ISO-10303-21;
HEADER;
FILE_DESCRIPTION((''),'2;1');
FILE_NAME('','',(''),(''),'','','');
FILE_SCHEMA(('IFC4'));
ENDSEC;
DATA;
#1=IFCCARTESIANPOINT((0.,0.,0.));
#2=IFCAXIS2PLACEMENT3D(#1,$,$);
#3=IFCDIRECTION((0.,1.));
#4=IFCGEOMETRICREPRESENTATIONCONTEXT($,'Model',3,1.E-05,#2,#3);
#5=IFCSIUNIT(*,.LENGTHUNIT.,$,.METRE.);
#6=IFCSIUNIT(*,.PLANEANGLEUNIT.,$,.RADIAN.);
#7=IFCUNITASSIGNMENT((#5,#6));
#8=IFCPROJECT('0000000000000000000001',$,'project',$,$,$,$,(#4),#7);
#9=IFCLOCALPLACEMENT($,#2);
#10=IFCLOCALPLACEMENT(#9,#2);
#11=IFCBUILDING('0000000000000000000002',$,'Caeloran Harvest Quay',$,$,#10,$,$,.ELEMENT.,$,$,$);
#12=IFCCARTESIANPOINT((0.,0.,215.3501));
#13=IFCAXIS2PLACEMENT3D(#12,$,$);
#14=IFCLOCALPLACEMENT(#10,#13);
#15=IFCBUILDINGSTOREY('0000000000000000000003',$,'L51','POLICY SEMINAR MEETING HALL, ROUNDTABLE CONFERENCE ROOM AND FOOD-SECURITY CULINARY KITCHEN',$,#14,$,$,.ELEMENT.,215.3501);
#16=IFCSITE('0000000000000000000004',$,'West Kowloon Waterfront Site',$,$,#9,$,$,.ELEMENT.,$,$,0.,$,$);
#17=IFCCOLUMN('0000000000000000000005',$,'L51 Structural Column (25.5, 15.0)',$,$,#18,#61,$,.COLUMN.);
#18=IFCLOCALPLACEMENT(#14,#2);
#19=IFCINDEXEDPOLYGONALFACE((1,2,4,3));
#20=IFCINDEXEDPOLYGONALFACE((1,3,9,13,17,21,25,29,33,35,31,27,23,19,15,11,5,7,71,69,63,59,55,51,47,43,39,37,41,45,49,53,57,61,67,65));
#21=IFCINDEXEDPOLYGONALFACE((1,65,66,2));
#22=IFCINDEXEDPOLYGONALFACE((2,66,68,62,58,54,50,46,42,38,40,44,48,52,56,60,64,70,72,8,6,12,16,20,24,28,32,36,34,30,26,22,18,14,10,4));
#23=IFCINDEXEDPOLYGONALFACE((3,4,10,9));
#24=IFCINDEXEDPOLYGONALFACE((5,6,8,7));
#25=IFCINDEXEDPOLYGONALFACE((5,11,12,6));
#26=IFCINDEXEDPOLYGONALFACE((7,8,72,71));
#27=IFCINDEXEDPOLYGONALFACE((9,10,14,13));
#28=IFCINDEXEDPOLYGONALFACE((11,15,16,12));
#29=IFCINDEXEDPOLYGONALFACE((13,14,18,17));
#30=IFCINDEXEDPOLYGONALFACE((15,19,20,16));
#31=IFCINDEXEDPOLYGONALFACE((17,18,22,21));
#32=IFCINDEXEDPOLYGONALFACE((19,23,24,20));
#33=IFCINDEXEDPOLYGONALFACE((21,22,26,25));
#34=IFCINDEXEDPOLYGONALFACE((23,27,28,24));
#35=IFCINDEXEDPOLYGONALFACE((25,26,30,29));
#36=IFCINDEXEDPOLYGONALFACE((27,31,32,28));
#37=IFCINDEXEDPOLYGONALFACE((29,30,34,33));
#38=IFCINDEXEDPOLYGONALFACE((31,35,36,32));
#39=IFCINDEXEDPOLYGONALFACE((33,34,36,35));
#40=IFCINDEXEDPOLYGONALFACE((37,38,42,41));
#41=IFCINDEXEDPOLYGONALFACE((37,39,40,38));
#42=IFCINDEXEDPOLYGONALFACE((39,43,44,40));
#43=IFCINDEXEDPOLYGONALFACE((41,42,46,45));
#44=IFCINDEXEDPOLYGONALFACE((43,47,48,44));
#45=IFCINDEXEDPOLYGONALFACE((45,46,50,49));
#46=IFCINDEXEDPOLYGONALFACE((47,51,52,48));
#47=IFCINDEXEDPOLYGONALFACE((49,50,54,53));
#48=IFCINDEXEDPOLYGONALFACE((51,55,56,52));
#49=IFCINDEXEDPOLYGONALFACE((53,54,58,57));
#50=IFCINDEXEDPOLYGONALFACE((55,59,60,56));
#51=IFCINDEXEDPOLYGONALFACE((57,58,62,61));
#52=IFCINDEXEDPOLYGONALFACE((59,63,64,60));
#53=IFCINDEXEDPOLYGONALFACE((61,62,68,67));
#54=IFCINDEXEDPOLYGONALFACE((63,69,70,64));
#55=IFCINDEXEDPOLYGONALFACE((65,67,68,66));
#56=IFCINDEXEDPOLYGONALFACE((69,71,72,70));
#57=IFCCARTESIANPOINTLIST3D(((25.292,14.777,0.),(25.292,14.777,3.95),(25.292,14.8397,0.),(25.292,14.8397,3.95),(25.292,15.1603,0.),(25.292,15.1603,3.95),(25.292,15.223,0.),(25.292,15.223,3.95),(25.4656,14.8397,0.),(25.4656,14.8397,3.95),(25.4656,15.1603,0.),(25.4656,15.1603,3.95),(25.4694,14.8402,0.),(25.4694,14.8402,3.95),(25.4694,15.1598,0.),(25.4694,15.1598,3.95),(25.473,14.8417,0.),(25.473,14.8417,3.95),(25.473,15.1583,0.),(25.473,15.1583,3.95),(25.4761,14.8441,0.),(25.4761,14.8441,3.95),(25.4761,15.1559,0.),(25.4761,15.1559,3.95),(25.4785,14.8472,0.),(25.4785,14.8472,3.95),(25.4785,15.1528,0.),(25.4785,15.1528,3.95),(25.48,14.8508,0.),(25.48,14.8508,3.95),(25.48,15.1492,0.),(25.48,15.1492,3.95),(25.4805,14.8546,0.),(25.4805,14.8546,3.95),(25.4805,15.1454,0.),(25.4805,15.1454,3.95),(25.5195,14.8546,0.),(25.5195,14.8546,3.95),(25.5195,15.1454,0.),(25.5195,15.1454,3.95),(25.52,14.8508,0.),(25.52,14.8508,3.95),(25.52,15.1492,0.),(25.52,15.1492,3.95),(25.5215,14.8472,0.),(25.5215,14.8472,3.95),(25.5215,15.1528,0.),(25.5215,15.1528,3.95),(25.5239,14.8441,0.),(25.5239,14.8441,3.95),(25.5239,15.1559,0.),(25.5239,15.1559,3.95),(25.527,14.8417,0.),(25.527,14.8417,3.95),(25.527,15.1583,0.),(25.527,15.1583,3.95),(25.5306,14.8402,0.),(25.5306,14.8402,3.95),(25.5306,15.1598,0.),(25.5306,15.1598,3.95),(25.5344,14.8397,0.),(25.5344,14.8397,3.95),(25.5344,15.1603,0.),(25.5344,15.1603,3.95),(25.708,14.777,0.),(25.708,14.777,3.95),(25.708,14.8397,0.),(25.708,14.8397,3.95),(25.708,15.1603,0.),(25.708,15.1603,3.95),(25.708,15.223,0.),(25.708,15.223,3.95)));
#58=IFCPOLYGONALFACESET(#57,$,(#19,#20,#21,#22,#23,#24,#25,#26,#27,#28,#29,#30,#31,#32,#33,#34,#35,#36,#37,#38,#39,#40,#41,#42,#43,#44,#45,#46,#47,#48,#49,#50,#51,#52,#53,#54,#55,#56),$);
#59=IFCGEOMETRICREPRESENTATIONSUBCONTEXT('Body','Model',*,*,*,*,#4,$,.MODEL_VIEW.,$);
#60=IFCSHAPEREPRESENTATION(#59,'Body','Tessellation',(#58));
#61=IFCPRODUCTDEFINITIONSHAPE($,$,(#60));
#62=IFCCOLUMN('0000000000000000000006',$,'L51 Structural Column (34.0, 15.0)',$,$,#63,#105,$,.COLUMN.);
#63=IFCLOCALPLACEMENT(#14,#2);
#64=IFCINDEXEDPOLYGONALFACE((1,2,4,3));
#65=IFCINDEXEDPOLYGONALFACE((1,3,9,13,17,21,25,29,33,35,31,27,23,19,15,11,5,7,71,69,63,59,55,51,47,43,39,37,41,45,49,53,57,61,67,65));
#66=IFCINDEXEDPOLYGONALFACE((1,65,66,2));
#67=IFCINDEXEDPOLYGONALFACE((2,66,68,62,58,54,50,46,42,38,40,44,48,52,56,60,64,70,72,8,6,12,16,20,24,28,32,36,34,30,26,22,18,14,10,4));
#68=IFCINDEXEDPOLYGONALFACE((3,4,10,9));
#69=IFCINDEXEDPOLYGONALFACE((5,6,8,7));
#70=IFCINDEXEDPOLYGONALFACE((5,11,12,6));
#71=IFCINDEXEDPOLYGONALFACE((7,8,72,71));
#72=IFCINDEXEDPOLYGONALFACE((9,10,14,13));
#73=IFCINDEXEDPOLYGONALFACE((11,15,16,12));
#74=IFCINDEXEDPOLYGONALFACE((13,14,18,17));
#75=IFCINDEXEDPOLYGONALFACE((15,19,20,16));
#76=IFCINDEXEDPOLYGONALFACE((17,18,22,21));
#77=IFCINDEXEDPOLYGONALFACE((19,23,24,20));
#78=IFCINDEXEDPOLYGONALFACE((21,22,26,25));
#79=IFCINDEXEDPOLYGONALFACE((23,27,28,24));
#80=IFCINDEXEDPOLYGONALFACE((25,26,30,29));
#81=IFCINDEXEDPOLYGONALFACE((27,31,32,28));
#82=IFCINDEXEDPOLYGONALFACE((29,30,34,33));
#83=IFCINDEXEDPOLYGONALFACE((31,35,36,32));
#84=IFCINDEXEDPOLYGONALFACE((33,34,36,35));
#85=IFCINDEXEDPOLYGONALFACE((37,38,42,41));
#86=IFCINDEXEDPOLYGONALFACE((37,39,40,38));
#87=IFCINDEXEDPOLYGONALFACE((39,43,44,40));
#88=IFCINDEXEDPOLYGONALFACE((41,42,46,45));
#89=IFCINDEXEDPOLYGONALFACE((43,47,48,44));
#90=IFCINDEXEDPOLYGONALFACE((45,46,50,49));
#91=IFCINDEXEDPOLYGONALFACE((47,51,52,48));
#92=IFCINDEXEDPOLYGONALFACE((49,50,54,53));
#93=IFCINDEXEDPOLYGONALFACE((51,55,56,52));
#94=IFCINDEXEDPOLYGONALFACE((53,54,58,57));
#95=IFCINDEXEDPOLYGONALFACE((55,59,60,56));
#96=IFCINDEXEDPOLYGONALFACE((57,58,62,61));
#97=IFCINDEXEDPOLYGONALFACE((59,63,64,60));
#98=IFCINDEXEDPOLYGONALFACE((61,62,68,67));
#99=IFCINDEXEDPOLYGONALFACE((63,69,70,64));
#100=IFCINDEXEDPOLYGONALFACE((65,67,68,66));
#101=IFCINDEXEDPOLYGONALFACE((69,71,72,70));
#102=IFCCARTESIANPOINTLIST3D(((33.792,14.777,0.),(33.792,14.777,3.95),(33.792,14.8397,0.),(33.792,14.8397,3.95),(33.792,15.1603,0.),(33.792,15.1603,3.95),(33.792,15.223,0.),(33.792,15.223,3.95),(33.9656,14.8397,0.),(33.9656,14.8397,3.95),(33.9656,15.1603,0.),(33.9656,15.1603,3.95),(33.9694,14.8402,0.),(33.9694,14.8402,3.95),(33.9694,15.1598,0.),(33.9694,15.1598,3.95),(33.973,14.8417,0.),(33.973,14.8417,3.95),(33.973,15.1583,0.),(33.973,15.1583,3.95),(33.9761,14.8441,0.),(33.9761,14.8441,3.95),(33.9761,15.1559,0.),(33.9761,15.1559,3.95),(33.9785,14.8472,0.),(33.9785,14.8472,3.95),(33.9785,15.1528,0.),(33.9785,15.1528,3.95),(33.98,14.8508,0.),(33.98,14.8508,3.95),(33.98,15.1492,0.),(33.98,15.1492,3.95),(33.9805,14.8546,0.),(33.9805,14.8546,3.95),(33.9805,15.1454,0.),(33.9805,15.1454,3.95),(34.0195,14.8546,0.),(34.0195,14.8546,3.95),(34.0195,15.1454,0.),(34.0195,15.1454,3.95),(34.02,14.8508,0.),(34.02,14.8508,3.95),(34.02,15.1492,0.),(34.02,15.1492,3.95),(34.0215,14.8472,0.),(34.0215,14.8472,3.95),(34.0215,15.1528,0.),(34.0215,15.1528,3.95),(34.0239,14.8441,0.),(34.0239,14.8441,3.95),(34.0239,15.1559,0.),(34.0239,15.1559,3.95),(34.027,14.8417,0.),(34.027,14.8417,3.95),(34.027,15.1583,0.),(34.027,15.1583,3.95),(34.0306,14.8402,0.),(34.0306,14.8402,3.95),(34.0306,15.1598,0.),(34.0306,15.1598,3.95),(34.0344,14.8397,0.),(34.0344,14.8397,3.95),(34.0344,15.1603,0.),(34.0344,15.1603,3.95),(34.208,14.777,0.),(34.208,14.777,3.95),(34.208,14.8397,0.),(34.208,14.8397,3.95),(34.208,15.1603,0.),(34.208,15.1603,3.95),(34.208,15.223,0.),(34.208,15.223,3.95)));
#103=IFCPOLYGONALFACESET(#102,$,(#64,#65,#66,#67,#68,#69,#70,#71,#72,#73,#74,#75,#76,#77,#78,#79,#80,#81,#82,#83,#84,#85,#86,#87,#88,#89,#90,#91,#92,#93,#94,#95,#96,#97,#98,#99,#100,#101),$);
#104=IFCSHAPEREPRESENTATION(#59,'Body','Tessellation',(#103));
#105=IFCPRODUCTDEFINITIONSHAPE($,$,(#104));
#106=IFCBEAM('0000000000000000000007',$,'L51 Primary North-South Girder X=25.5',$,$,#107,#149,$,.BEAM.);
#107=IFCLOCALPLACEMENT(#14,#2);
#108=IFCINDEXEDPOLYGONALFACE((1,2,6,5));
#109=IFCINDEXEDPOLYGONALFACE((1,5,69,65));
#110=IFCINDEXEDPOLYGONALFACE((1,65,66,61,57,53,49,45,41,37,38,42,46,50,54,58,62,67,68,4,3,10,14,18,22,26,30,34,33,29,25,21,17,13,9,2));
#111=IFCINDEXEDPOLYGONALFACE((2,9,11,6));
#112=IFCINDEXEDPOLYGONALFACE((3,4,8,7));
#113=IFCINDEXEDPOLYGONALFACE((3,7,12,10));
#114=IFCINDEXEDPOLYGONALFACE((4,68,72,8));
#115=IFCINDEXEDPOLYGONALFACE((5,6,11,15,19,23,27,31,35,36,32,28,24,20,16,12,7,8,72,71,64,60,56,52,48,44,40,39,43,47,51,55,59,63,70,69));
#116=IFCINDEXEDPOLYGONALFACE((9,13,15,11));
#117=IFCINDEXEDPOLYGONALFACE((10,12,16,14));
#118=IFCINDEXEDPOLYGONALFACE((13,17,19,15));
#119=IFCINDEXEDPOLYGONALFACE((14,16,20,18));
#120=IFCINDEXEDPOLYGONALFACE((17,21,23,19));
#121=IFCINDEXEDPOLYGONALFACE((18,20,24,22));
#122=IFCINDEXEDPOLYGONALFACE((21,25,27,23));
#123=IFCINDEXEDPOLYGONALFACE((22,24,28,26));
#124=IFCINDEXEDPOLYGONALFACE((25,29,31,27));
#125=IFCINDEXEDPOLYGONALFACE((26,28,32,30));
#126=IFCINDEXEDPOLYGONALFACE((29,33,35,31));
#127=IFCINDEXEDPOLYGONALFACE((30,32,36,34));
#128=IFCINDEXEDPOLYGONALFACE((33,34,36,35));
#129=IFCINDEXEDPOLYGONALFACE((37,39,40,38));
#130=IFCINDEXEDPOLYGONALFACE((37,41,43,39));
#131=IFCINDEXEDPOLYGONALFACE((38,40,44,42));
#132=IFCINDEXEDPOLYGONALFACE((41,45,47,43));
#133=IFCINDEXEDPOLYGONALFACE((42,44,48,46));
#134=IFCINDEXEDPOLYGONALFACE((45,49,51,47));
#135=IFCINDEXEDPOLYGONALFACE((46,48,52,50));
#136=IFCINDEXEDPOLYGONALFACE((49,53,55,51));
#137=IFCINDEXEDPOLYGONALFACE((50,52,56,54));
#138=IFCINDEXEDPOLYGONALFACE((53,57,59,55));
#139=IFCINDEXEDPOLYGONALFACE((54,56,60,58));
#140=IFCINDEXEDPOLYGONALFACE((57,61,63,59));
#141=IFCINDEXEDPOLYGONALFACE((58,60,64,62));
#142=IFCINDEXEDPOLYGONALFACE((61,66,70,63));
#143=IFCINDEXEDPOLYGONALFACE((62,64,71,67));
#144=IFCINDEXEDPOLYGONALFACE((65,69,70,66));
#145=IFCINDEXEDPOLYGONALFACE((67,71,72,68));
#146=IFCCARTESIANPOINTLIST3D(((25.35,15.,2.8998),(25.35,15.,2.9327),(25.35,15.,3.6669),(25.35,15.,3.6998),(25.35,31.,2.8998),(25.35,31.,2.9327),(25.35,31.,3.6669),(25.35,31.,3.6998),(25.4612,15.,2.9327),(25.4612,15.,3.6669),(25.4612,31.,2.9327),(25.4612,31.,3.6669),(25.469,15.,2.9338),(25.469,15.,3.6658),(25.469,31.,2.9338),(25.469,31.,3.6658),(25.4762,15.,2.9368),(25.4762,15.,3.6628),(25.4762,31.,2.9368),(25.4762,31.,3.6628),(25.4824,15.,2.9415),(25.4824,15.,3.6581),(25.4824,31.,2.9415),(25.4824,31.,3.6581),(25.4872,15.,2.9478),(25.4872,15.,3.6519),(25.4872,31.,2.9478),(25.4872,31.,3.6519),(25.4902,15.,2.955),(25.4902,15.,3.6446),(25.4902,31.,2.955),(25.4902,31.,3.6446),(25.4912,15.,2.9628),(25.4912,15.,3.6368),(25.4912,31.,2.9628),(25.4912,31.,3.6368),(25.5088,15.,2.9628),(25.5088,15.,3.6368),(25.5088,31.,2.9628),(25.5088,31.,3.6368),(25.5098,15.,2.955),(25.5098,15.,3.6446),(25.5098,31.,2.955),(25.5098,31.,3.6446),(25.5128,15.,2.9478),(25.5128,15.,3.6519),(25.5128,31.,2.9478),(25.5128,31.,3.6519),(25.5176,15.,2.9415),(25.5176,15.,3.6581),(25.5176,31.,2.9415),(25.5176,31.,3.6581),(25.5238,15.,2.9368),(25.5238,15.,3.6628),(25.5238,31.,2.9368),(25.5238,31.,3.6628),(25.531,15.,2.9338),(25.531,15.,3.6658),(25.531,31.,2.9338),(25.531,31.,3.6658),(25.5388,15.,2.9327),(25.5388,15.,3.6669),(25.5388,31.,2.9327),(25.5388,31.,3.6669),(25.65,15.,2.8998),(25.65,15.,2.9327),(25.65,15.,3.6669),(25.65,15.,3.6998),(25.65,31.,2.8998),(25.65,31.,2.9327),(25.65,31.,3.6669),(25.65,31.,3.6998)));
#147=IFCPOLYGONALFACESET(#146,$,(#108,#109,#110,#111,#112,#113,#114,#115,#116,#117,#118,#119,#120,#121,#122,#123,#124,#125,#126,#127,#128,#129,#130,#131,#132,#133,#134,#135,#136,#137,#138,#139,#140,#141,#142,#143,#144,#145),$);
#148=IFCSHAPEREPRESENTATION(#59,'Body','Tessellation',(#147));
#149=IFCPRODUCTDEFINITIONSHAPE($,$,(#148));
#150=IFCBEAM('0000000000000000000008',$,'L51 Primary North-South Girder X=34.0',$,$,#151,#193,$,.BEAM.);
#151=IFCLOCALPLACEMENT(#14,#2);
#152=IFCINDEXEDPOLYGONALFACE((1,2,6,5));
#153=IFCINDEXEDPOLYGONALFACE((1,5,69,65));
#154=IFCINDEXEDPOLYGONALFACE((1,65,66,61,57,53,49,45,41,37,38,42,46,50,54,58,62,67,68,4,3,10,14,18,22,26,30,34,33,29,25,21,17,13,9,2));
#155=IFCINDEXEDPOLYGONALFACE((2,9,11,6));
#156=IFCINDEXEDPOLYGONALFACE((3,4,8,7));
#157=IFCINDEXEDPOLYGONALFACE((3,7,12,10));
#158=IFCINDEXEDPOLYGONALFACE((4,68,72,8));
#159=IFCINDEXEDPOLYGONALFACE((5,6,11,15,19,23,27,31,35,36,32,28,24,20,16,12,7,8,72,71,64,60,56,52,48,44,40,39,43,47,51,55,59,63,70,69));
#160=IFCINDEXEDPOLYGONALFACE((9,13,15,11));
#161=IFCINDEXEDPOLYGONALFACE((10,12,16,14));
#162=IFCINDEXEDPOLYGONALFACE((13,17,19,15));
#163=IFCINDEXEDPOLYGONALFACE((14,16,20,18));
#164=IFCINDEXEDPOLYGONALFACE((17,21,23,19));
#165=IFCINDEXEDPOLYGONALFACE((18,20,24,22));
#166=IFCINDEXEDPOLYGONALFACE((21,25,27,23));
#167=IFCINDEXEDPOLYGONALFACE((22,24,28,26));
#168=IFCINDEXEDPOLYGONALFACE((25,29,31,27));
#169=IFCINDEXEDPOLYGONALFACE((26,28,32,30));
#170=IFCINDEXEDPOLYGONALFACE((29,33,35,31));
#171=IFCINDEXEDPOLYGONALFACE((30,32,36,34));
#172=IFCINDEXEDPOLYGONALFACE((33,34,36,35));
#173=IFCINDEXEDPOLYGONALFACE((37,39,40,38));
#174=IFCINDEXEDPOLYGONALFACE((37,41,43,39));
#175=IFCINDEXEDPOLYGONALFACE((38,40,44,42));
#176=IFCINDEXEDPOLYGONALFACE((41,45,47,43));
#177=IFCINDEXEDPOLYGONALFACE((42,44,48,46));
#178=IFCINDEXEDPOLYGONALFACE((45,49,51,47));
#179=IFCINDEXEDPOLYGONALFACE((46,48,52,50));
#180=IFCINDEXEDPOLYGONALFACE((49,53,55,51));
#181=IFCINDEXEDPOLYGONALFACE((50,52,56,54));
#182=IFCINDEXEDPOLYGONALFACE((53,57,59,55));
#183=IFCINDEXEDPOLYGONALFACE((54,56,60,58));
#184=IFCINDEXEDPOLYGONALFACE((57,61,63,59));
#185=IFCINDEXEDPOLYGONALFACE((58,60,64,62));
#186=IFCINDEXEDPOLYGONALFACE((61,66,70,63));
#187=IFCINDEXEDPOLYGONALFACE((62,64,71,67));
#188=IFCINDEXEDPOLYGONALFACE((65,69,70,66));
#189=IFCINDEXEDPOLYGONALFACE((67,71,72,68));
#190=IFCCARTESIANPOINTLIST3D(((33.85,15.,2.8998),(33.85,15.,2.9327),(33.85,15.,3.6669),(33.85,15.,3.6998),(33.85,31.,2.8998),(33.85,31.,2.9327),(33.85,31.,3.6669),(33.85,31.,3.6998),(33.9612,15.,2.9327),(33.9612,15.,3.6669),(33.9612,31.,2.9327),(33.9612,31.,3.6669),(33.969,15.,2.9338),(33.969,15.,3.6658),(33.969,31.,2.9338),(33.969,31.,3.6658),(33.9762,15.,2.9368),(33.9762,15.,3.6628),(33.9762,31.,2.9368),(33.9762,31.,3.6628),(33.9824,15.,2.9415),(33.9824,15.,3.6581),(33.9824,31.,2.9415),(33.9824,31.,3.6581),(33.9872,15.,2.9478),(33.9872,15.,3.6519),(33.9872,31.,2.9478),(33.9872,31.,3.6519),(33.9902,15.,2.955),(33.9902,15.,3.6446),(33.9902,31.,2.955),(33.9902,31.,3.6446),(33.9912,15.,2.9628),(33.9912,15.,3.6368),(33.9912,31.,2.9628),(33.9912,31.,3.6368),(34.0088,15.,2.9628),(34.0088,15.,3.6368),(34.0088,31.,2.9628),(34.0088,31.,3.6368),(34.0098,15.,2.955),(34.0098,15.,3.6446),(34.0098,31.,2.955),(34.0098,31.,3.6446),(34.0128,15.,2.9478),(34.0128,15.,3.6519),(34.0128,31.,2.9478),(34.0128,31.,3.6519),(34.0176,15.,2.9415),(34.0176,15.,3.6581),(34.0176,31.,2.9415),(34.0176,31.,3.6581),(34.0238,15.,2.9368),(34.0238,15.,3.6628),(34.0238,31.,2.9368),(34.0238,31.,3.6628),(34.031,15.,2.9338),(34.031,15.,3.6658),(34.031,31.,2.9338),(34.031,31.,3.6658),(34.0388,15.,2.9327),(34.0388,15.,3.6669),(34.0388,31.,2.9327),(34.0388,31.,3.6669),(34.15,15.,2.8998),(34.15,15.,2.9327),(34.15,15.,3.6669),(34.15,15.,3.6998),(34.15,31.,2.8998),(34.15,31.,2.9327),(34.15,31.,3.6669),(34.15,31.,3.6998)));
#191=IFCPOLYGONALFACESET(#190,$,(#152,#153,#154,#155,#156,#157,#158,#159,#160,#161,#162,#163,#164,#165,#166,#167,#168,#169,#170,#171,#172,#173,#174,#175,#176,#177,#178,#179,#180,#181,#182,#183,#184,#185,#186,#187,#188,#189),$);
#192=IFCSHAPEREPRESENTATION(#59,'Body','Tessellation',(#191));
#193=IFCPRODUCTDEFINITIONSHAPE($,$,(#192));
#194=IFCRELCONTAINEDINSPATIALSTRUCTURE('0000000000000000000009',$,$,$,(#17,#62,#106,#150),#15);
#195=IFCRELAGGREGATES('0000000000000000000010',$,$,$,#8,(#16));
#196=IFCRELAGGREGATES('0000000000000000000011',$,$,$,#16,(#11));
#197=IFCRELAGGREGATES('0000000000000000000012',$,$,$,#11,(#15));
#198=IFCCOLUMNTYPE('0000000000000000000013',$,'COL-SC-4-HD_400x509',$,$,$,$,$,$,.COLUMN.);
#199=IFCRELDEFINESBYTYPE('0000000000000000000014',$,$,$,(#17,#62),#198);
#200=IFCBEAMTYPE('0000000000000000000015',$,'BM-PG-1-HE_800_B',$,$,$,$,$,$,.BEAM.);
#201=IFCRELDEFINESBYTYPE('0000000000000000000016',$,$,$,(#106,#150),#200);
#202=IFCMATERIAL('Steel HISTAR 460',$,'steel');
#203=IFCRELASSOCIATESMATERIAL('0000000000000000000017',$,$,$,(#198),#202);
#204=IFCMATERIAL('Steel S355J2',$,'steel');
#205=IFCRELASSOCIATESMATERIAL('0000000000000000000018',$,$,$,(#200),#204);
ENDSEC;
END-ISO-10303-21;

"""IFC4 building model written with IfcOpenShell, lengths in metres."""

from ifc_helpers import new_model, si_unit, direction, frame, origin, origin_2d, place, context, subcontext, project, spatial, i_section, extrude, material, material_profile, profile_set, type_object, element, save


model = new_model("IFC4")

# Units and contexts
model_context = context("Model", 3, precision=1e-05, world=origin(), true_north=direction((0.0, 1.0)))
body_context = subcontext(model_context, "Body", "Model", "MODEL_VIEW")
ifc_project = project(units=[si_unit("LENGTHUNIT", "METRE"), si_unit("PLANEANGLEUNIT", "RADIAN")], contexts=[model_context])

# Site, building, storey
site_placement = place(None, origin())
site = spatial("IfcSite", under=ifc_project, at=site_placement, Name="West Kowloon Waterfront Site", CompositionType="ELEMENT", RefElevation=0.0)
building_placement = place(site_placement, origin())
building = spatial("IfcBuilding", under=site, at=building_placement, Name="Caeloran Harvest Quay", CompositionType="ELEMENT")
storey_placement = place(building_placement, frame((0.0, 0.0, 215.3501)))
storey = spatial("IfcBuildingStorey", under=building, at=storey_placement, Name="L51", Description="POLICY SEMINAR MEETING HALL, ROUNDTABLE CONFERENCE ROOM AND FOOD-SECURITY CULINARY KITCHEN", CompositionType="ELEMENT", Elevation=215.3501)

# Columns
ifc_material_1 = material(Name="Steel HISTAR 460", Category="steel")
ifc_material_profile_1 = material_profile(ifc_material_1, i_section(OverallWidth=0.416, OverallDepth=0.446, WebThickness=0.0391, FlangeThickness=0.0627, FilletRadius=0.0149, at=origin_2d()), Name="HD 400x509")
ifc_profile_set_1 = profile_set([ifc_material_profile_1], Name="Steel HISTAR 460")
column_type = type_object("IfcColumnType", Name="COL-SC-4-HD_400x509", PredefinedType="COLUMN", material=ifc_profile_set_1)
for number, where, z_axis, x_axis, name in (
    (1, (25.5, 15.0, 0.0), (0.0, 0.0, 1.0), (1.0, 0.0, 0.0), "L51 Structural Column (25.5, 15.0)"),
    (2, (34.0, 15.0, 0.0), (0.0, 0.0, 1.0), (1.0, 0.0, 0.0), "L51 Structural Column (34.0, 15.0)"),
):
    element("IfcColumn", number, at=place(storey_placement, frame(where, z_axis=z_axis, x_axis=x_axis)), inside=storey, type_object=column_type, Name=name, PredefinedType="COLUMN", context=body_context, shape_type="SweptSolid", body=[
        extrude(i_section(OverallWidth=0.416, OverallDepth=0.446, WebThickness=0.0391, FlangeThickness=0.0627, FilletRadius=0.0149, at=origin_2d()), origin(), (0.0, 0.0, 1.0), 3.95),
    ])

# Beams
ifc_material_2 = material(Name="Steel S355J2", Category="steel")
ifc_material_profile_2 = material_profile(ifc_material_2, i_section(OverallWidth=0.3, OverallDepth=0.8, WebThickness=0.0176, FlangeThickness=0.033, FilletRadius=0.03, at=origin_2d()), Name="HE 800 B")
ifc_profile_set_2 = profile_set([ifc_material_profile_2], Name="Steel S355J2")
beam_type_1 = type_object("IfcBeamType", Name="BM-PG-1-HE_800_B", PredefinedType="BEAM", material=ifc_profile_set_2)
for number, where, z_axis, x_axis, name in (
    (3, (25.5, 15.0, 3.2998), (0.0, 1.0, 0.0), (-1.0, 0.0, 0.0), "L51 Primary North-South Girder X=25.5"),
    (4, (34.0, 15.0, 3.2998), (0.0, 1.0, 0.0), (-1.0, 0.0, 0.0), "L51 Primary North-South Girder X=34.0"),
):
    element("IfcBeam", number, at=place(storey_placement, frame(where, z_axis=z_axis, x_axis=x_axis)), inside=storey, type_object=beam_type_1, Name=name, PredefinedType="BEAM", context=body_context, shape_type="SweptSolid", body=[
        extrude(i_section(OverallWidth=0.3, OverallDepth=0.8, WebThickness=0.0176, FlangeThickness=0.033, FilletRadius=0.03, at=origin_2d()), origin(), (0.0, 0.0, 1.0), 16.0),
    ])

save(model, "model.ifc")
